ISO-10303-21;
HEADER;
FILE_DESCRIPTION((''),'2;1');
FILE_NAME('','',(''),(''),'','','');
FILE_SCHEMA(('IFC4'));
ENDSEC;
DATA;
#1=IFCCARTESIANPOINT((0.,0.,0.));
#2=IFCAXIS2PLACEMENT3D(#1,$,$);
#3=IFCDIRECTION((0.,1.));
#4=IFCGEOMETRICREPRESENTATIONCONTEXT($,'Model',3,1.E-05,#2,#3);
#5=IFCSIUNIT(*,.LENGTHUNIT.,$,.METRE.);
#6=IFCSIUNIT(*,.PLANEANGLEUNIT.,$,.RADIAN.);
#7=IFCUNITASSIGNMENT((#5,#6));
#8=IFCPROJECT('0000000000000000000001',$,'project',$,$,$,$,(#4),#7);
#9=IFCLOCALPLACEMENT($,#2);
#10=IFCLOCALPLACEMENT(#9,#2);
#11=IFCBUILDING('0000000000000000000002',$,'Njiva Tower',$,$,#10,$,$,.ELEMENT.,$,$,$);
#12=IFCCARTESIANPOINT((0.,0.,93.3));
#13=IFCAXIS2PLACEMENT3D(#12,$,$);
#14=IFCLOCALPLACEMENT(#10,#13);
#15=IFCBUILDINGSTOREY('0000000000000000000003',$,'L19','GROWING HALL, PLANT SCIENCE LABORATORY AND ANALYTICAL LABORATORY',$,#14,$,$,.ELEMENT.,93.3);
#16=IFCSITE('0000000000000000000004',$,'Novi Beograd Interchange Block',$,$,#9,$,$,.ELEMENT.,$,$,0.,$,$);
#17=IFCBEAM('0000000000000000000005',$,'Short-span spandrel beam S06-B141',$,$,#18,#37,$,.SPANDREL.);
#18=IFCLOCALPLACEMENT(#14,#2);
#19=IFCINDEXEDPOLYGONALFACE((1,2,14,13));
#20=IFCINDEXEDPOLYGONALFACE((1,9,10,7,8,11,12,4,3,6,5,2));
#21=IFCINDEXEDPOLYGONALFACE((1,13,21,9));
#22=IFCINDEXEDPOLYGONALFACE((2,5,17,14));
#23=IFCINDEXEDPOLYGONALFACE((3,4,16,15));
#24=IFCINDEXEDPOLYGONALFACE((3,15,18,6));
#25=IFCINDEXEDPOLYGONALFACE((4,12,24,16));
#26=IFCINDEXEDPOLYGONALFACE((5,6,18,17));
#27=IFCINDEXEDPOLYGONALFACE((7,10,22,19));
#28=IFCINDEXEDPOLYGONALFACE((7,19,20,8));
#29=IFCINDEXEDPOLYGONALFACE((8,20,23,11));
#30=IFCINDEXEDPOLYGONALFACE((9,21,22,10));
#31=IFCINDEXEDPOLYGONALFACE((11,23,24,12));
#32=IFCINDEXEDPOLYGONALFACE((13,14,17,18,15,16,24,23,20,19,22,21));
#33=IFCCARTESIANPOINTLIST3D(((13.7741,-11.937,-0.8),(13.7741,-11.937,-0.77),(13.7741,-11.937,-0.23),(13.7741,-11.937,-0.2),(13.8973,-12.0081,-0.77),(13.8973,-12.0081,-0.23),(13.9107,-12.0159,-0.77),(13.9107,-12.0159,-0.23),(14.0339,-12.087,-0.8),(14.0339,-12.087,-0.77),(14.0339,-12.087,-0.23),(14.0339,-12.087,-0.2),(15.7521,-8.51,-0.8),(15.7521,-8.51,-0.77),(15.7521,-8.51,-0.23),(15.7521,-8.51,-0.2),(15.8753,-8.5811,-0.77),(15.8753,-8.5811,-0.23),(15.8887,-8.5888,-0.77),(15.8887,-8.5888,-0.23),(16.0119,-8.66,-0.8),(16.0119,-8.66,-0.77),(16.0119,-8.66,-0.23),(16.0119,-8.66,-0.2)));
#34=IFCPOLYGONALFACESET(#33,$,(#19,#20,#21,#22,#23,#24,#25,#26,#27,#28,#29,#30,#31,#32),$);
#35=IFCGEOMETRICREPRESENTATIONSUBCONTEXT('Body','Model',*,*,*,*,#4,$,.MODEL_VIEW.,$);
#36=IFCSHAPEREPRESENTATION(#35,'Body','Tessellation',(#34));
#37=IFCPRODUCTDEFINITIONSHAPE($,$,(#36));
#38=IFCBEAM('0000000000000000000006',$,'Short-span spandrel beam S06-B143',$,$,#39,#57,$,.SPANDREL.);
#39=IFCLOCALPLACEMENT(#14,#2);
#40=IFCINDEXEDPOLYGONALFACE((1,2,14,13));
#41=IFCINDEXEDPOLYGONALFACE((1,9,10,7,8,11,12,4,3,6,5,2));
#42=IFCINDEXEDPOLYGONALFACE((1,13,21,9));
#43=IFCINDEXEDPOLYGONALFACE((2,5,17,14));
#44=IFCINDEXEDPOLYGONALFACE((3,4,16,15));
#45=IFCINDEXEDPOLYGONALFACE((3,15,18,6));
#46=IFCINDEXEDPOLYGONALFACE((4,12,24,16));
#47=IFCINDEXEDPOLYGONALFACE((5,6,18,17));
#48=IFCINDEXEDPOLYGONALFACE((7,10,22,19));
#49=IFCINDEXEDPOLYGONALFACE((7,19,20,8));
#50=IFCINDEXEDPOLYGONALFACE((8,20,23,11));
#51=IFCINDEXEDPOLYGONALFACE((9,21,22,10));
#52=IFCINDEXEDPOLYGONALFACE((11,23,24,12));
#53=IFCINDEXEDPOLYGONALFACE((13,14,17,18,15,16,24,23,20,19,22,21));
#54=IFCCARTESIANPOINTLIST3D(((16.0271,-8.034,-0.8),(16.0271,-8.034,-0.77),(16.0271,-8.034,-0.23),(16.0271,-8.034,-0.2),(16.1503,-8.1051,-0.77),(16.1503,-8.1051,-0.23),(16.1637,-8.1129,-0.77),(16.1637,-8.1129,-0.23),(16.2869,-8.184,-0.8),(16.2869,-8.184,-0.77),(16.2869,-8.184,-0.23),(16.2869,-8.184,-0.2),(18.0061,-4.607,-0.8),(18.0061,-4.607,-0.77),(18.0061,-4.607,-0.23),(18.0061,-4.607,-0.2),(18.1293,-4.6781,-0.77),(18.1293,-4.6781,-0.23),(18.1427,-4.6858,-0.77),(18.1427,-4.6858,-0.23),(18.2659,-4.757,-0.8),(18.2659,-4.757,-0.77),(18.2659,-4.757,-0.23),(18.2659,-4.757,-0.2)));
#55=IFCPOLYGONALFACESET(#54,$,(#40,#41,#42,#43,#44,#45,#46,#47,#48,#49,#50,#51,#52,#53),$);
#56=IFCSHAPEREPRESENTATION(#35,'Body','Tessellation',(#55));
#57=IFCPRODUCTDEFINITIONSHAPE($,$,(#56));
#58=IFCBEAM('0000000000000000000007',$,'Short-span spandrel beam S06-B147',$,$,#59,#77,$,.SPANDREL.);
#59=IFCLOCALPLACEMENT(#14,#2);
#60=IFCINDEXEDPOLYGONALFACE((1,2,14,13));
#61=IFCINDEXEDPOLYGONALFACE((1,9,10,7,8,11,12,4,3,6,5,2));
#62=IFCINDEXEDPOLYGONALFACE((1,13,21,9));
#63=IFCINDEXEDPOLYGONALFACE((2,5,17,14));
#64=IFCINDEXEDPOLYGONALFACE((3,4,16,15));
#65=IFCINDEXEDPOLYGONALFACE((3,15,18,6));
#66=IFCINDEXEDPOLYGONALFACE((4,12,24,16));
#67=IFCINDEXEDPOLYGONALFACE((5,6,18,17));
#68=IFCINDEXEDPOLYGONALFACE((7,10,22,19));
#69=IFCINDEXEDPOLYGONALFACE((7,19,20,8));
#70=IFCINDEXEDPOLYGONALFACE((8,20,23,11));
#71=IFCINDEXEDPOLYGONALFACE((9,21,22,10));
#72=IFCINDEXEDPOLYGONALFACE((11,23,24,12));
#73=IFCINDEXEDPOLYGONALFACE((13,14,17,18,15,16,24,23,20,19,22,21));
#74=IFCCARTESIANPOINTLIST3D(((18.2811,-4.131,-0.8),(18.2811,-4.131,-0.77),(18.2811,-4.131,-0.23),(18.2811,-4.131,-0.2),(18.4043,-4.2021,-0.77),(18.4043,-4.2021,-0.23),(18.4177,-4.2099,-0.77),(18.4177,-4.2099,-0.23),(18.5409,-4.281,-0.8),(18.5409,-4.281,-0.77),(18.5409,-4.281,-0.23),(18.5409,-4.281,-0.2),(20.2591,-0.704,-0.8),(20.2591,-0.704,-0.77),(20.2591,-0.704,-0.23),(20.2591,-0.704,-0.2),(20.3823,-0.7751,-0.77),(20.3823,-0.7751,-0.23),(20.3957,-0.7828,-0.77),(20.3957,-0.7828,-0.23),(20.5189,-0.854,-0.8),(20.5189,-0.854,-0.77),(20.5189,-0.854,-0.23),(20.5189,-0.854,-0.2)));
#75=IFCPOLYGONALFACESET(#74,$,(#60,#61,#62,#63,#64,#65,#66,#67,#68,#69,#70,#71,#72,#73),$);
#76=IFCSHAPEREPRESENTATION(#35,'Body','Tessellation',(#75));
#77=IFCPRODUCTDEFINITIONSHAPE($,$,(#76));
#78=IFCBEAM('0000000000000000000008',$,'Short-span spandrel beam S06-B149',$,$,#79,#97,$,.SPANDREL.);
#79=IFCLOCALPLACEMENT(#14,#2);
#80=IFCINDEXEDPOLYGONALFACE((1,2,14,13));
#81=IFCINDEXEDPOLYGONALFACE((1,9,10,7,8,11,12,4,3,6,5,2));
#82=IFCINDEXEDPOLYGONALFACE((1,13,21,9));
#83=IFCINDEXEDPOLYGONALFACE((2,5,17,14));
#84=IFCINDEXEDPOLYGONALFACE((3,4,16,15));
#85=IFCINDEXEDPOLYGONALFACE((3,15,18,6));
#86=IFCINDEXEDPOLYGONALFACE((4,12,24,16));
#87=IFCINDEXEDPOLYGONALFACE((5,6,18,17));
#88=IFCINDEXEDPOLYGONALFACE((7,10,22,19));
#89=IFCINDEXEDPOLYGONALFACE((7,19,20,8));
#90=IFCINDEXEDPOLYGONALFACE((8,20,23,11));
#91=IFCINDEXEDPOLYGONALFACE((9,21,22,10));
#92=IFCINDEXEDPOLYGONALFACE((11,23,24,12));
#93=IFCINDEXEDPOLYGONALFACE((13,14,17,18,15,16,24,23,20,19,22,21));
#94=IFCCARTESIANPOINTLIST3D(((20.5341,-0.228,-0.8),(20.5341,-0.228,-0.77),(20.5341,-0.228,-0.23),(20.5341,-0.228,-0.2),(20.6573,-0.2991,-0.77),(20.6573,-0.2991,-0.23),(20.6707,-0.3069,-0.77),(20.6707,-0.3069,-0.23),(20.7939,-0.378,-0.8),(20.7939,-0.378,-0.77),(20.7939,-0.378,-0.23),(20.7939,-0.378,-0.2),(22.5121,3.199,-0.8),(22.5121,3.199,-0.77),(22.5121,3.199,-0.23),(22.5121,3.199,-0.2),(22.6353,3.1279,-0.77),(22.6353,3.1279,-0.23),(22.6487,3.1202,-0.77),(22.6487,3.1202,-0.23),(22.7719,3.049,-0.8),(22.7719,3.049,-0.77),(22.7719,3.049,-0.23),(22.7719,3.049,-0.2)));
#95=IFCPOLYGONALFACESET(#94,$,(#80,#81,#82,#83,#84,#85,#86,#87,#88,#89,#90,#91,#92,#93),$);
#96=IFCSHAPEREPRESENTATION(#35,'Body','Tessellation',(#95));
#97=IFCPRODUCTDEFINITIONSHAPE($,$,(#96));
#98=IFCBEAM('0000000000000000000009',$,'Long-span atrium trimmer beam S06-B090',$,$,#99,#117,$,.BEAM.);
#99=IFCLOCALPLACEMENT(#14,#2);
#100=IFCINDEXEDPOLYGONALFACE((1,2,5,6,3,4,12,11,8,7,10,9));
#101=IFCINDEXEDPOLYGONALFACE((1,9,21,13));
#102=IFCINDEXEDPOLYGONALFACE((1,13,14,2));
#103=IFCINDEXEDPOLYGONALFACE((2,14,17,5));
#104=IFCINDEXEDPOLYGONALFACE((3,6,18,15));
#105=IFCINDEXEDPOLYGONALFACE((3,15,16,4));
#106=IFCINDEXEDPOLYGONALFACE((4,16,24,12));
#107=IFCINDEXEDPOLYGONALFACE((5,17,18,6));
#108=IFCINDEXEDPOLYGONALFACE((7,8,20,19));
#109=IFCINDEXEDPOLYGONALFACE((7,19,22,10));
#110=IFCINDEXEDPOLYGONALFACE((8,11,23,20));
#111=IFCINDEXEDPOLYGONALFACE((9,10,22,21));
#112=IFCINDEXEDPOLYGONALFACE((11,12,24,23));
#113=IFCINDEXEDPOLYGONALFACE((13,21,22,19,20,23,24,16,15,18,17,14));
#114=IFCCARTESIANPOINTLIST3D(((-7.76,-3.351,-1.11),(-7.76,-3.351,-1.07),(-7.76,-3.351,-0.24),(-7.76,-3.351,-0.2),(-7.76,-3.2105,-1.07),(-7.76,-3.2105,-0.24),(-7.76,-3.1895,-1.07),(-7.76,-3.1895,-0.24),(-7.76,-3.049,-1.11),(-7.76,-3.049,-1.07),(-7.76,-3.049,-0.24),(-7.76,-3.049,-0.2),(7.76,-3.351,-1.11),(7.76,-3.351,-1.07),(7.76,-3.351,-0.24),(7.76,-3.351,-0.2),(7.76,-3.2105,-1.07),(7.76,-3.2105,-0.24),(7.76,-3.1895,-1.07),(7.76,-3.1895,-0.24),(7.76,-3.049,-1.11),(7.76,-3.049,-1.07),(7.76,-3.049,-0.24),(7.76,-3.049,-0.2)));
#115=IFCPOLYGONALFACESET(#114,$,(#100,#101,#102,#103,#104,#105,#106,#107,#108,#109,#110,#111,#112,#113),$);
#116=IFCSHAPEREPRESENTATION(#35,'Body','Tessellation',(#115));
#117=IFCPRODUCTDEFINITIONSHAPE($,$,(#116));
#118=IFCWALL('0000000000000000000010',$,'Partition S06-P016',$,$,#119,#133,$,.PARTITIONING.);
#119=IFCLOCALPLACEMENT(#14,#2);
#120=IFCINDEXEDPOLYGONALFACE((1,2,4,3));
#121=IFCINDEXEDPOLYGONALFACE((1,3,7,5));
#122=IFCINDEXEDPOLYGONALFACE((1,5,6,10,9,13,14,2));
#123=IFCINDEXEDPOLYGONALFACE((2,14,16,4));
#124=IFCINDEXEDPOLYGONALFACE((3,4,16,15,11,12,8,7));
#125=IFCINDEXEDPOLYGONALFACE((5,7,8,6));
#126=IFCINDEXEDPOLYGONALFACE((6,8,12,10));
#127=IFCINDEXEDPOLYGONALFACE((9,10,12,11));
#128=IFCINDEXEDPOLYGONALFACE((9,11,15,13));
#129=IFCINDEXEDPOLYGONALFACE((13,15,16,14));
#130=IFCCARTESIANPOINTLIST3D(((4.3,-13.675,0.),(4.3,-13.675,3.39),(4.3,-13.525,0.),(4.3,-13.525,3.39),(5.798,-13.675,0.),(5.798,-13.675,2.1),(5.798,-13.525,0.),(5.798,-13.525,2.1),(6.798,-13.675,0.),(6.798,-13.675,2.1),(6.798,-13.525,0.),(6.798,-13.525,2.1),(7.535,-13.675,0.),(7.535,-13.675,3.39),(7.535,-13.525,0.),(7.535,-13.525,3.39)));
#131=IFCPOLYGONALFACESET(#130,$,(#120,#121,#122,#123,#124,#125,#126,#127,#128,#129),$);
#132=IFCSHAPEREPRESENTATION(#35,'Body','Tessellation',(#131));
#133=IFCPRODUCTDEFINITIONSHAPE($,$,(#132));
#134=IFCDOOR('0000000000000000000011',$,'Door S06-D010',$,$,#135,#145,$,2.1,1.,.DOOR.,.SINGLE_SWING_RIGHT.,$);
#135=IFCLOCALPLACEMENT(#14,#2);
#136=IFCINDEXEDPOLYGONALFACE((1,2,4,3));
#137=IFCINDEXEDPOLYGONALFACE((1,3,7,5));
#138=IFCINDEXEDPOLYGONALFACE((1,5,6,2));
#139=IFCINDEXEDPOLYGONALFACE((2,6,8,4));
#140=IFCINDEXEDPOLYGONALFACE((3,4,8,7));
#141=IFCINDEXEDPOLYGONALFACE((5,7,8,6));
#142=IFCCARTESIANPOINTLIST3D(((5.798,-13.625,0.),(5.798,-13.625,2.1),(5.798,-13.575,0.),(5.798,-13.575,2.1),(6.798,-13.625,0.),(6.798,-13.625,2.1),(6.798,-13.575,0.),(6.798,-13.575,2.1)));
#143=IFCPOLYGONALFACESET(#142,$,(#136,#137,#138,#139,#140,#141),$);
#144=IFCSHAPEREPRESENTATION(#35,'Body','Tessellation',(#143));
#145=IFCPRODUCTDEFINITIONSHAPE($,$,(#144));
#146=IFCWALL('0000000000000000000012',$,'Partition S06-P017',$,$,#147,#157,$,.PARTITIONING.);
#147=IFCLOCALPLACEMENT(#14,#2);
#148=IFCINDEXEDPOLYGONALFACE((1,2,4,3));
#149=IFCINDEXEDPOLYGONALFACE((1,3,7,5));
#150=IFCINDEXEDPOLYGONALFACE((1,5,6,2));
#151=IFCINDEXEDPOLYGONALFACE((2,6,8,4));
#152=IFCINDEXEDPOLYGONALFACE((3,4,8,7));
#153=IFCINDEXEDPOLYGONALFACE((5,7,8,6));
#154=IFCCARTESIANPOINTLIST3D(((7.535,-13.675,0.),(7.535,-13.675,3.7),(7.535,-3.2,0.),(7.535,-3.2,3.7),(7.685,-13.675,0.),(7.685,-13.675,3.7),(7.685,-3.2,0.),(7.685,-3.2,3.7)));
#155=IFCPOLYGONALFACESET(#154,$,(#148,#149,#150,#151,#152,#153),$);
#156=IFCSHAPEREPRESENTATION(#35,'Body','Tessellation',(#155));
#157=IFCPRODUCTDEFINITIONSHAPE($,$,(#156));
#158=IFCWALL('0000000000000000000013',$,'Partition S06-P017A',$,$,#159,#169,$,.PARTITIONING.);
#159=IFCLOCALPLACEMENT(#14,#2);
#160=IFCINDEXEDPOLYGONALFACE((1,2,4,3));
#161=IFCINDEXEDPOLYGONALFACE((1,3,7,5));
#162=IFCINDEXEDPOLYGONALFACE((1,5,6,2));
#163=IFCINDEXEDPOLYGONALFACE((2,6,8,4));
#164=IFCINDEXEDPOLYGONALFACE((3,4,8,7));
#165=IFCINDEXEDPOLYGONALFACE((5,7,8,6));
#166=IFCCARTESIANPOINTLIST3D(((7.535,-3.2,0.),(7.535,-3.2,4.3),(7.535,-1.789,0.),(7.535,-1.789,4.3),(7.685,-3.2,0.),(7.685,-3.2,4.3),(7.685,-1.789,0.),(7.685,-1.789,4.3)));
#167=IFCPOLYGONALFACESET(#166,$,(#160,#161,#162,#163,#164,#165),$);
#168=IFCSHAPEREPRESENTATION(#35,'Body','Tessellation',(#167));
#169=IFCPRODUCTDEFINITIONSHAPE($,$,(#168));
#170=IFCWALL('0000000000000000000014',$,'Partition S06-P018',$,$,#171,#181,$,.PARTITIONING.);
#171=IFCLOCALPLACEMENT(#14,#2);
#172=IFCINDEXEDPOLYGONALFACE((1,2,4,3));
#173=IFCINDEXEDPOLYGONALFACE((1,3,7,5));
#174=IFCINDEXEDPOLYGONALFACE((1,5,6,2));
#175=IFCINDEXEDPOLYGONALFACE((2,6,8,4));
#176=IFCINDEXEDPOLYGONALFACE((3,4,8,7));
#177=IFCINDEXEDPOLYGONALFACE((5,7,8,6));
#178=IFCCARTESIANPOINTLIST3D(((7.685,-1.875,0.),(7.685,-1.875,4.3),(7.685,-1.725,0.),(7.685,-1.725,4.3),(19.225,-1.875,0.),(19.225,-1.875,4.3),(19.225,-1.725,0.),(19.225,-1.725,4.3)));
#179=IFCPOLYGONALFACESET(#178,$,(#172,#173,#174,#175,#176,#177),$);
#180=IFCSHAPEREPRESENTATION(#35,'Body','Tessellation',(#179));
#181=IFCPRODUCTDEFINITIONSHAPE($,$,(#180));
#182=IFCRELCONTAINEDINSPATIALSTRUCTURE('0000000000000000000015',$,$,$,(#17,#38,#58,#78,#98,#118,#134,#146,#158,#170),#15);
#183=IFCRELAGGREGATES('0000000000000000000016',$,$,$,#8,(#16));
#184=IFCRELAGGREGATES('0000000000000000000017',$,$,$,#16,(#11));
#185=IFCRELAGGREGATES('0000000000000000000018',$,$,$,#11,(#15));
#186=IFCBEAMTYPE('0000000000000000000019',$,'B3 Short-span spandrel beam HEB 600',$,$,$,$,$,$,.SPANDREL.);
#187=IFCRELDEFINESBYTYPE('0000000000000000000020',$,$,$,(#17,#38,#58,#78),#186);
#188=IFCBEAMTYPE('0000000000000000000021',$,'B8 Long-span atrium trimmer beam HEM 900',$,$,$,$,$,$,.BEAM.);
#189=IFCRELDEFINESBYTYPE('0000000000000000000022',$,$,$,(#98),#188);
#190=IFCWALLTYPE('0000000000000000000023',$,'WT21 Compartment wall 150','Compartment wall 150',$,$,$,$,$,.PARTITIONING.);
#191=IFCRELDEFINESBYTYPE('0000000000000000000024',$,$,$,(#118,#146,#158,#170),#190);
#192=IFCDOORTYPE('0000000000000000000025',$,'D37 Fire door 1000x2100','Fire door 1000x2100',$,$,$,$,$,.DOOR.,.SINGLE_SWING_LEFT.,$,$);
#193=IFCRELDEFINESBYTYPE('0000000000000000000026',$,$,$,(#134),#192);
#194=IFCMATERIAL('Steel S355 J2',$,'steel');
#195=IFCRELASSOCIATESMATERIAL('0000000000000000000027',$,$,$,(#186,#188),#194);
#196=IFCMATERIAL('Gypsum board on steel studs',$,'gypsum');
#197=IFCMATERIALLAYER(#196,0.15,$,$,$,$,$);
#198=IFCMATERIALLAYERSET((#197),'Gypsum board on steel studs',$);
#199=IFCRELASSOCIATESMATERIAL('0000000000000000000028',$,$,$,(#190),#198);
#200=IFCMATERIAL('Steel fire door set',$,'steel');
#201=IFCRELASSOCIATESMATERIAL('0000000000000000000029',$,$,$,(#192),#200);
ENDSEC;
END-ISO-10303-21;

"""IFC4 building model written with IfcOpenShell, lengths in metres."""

from ifc_helpers import new_model, si_unit, direction, frame, frame_2d, origin, origin_2d, place, context, subcontext, project, spatial, rectangle, i_section, extrude, material, layer, layer_set, material_profile, profile_set, type_object, element, fill, save


model = new_model("IFC4")

# Units and contexts
model_context = context("Model", 3, precision=1e-05, world=origin(), true_north=direction((0.0, 1.0)))
body_context = subcontext(model_context, "Body", "Model", "MODEL_VIEW")
ifc_project = project(units=[si_unit("LENGTHUNIT", "METRE"), si_unit("PLANEANGLEUNIT", "RADIAN")], contexts=[model_context])

# Site, building, storey
site_placement = place(None, origin())
site = spatial("IfcSite", under=ifc_project, at=site_placement, Name="Novi Beograd Interchange Block", CompositionType="ELEMENT", RefElevation=0.0)
building_placement = place(site_placement, origin())
building = spatial("IfcBuilding", under=site, at=building_placement, Name="Njiva Tower", CompositionType="ELEMENT")
storey_placement = place(building_placement, frame((0.0, 0.0, 93.3)))
storey = spatial("IfcBuildingStorey", under=building, at=storey_placement, Name="L19", Description="GROWING HALL, PLANT SCIENCE LABORATORY AND ANALYTICAL LABORATORY", CompositionType="ELEMENT", Elevation=93.3)

# Shared definitions
ifc_material_1 = material(Name="Steel S355 J2", Category="steel")

# Beams
ifc_material_profile_1 = material_profile(ifc_material_1, i_section(OverallWidth=0.3, OverallDepth=0.6, WebThickness=0.0155, FlangeThickness=0.03, at=origin_2d()), Name="HEB 600")
ifc_profile_set_1 = profile_set([ifc_material_profile_1], Name="Steel S355 J2")
beam_type_1 = type_object("IfcBeamType", Name="B3 Short-span spandrel beam HEB 600", PredefinedType="SPANDREL", material=ifc_profile_set_1)
beam_1_placement = place(storey_placement, frame((13.904, -12.012, -0.5), z_axis=(0.49989, 0.866089, 0.0), x_axis=(-0.866089, 0.49989, 0.0)))
element("IfcBeam", 1, at=beam_1_placement, inside=storey, type_object=beam_type_1, Name="Short-span spandrel beam S06-B141", PredefinedType="SPANDREL", context=body_context, shape_type="SweptSolid", body=[
    extrude(i_section(OverallWidth=0.3, OverallDepth=0.6, WebThickness=0.0155, FlangeThickness=0.03, at=origin_2d()), origin(), (0.0, 0.0, 1.0), 3.9569),
])
beam_2_placement = place(storey_placement, frame((16.157, -8.109, -0.5), z_axis=(0.50008, 0.865979, 0.0), x_axis=(-0.865979, 0.50008, 0.0)))
element("IfcBeam", 2, at=beam_2_placement, inside=storey, type_object=beam_type_1, Name="Short-span spandrel beam S06-B143", PredefinedType="SPANDREL", context=body_context, shape_type="SweptSolid", body=[
    extrude(i_section(OverallWidth=0.3, OverallDepth=0.6, WebThickness=0.0155, FlangeThickness=0.03, at=origin_2d()), origin(), (0.0, 0.0, 1.0), 3.9574),
])
for number, where, z_axis, x_axis, name in (
    (3, (18.411, -4.206, -0.5), (0.49989, 0.866089, 0.0), (-0.866089, 0.49989, 0.0), "Short-span spandrel beam S06-B147"),
    (4, (20.664, -0.303, -0.5), (0.49989, 0.866089, 0.0), (-0.866089, 0.49989, 0.0), "Short-span spandrel beam S06-B149"),
):
    element("IfcBeam", number, at=place(storey_placement, frame(where, z_axis=z_axis, x_axis=x_axis)), inside=storey, type_object=beam_type_1, Name=name, PredefinedType="SPANDREL", context=body_context, shape_type="SweptSolid", body=[
        extrude(i_section(OverallWidth=0.3, OverallDepth=0.6, WebThickness=0.0155, FlangeThickness=0.03, at=origin_2d()), origin(), (0.0, 0.0, 1.0), 3.9569),
    ])
ifc_material_profile_2 = material_profile(ifc_material_1, i_section(OverallWidth=0.302, OverallDepth=0.91, WebThickness=0.021, FlangeThickness=0.04, at=origin_2d()), Name="HEM 900")
ifc_profile_set_2 = profile_set([ifc_material_profile_2], Name="Steel S355 J2")
beam_type_2 = type_object("IfcBeamType", Name="B8 Long-span atrium trimmer beam HEM 900", PredefinedType="BEAM", material=ifc_profile_set_2)
beam_3_placement = place(storey_placement, frame((7.76, -3.2, -0.655), z_axis=(-1.0, 0.0, 0.0), x_axis=(0.0, -1.0, 0.0)))
element("IfcBeam", 5, at=beam_3_placement, inside=storey, type_object=beam_type_2, Name="Long-span atrium trimmer beam S06-B090", PredefinedType="BEAM", context=body_context, shape_type="SweptSolid", body=[
    extrude(i_section(OverallWidth=0.302, OverallDepth=0.91, WebThickness=0.021, FlangeThickness=0.04, at=origin_2d()), origin(), (0.0, 0.0, 1.0), 15.52),
])

# Wall, opening, door
ifc_material_2 = material(Name="Gypsum board on steel studs", Category="gypsum")
ifc_layer_1 = layer(ifc_material_2, 0.15)
ifc_layer_set_1 = layer_set([ifc_layer_1], Name="Gypsum board on steel studs")
wall_type_1 = type_object("IfcWallType", Name="WT21 Compartment wall 150", Description="Compartment wall 150", PredefinedType="PARTITIONING", material=ifc_layer_set_1)
wall_1_placement = place(storey_placement, frame((4.3, -13.6, 0.0), z_axis=(0.0, 0.0, 1.0), x_axis=(1.0, 0.0, 0.0)))
wall_1 = element("IfcWall", 6, at=wall_1_placement, inside=storey, type_object=wall_type_1, Name="Partition S06-P016", PredefinedType="PARTITIONING", context=body_context, shape_type="SweptSolid", body=[
    extrude(rectangle(XDim=3.235, YDim=0.15, at=frame_2d((1.6175, 0.0))), origin(), (0.0, 0.0, 1.0), 3.39),
])
opening_1_placement = place(wall_1_placement, frame((1.498, 0.0, 0.0)))
opening_1 = element("IfcOpeningElement", 7, at=opening_1_placement, cuts=wall_1, PredefinedType="OPENING", context=body_context, shape_type="SweptSolid", body=[
    extrude(rectangle(XDim=1.0, YDim=2.1, at=frame_2d((0.5, 1.05))), frame((0.0, 0.085, 0.0), z_axis=(0.0, -1.0, 0.0), x_axis=(1.0, 0.0, 0.0)), (0.0, 0.0, 1.0), 0.17),
])
ifc_material_3 = material(Name="Steel fire door set", Category="steel")
door_type_1 = type_object("IfcDoorType", Name="D37 Fire door 1000x2100", Description="Fire door 1000x2100", OperationType="SINGLE_SWING_LEFT", PredefinedType="DOOR", material=ifc_material_3)
door_1_placement = place(opening_1_placement, origin())
door_1 = element("IfcDoor", 8, at=door_1_placement, inside=storey, type_object=door_type_1, Name="Door S06-D010", OperationType="SINGLE_SWING_RIGHT", OverallHeight=2.1, OverallWidth=1.0, PredefinedType="DOOR", context=body_context, shape_type="SweptSolid", body=[
    extrude(rectangle(XDim=1.0, YDim=2.1, at=frame_2d((0.5, 1.05))), frame((0.0, 0.025, 0.0), z_axis=(0.0, -1.0, 0.0), x_axis=(1.0, 0.0, 0.0)), (0.0, 0.0, 1.0), 0.05),
])
fill(opening_1, door_1)

# Walls
wall_2_placement = place(storey_placement, frame((7.61, -13.675, 0.0), z_axis=(0.0, 0.0, 1.0), x_axis=(0.0, 1.0, 0.0)))
element("IfcWall", 9, at=wall_2_placement, inside=storey, type_object=wall_type_1, Name="Partition S06-P017", PredefinedType="PARTITIONING", context=body_context, shape_type="SweptSolid", body=[
    extrude(rectangle(XDim=10.475, YDim=0.15, at=frame_2d((5.2375, 0.0))), origin(), (0.0, 0.0, 1.0), 3.7),
])
wall_3_placement = place(storey_placement, frame((7.61, -3.2, 0.0), z_axis=(0.0, 0.0, 1.0), x_axis=(0.0, 1.0, 0.0)))
element("IfcWall", 10, at=wall_3_placement, inside=storey, type_object=wall_type_1, Name="Partition S06-P017A", PredefinedType="PARTITIONING", context=body_context, shape_type="SweptSolid", body=[
    extrude(rectangle(XDim=1.411, YDim=0.15, at=frame_2d((0.7055, 0.0))), origin(), (0.0, 0.0, 1.0), 4.3),
])
wall_4_placement = place(storey_placement, frame((7.685, -1.8, 0.0), z_axis=(0.0, 0.0, 1.0), x_axis=(1.0, 0.0, 0.0)))
element("IfcWall", 11, at=wall_4_placement, inside=storey, type_object=wall_type_1, Name="Partition S06-P018", PredefinedType="PARTITIONING", context=body_context, shape_type="SweptSolid", body=[
    extrude(rectangle(XDim=11.54, YDim=0.15, at=frame_2d((5.77, 0.0))), origin(), (0.0, 0.0, 1.0), 4.3),
])

save(model, "model.ifc")
